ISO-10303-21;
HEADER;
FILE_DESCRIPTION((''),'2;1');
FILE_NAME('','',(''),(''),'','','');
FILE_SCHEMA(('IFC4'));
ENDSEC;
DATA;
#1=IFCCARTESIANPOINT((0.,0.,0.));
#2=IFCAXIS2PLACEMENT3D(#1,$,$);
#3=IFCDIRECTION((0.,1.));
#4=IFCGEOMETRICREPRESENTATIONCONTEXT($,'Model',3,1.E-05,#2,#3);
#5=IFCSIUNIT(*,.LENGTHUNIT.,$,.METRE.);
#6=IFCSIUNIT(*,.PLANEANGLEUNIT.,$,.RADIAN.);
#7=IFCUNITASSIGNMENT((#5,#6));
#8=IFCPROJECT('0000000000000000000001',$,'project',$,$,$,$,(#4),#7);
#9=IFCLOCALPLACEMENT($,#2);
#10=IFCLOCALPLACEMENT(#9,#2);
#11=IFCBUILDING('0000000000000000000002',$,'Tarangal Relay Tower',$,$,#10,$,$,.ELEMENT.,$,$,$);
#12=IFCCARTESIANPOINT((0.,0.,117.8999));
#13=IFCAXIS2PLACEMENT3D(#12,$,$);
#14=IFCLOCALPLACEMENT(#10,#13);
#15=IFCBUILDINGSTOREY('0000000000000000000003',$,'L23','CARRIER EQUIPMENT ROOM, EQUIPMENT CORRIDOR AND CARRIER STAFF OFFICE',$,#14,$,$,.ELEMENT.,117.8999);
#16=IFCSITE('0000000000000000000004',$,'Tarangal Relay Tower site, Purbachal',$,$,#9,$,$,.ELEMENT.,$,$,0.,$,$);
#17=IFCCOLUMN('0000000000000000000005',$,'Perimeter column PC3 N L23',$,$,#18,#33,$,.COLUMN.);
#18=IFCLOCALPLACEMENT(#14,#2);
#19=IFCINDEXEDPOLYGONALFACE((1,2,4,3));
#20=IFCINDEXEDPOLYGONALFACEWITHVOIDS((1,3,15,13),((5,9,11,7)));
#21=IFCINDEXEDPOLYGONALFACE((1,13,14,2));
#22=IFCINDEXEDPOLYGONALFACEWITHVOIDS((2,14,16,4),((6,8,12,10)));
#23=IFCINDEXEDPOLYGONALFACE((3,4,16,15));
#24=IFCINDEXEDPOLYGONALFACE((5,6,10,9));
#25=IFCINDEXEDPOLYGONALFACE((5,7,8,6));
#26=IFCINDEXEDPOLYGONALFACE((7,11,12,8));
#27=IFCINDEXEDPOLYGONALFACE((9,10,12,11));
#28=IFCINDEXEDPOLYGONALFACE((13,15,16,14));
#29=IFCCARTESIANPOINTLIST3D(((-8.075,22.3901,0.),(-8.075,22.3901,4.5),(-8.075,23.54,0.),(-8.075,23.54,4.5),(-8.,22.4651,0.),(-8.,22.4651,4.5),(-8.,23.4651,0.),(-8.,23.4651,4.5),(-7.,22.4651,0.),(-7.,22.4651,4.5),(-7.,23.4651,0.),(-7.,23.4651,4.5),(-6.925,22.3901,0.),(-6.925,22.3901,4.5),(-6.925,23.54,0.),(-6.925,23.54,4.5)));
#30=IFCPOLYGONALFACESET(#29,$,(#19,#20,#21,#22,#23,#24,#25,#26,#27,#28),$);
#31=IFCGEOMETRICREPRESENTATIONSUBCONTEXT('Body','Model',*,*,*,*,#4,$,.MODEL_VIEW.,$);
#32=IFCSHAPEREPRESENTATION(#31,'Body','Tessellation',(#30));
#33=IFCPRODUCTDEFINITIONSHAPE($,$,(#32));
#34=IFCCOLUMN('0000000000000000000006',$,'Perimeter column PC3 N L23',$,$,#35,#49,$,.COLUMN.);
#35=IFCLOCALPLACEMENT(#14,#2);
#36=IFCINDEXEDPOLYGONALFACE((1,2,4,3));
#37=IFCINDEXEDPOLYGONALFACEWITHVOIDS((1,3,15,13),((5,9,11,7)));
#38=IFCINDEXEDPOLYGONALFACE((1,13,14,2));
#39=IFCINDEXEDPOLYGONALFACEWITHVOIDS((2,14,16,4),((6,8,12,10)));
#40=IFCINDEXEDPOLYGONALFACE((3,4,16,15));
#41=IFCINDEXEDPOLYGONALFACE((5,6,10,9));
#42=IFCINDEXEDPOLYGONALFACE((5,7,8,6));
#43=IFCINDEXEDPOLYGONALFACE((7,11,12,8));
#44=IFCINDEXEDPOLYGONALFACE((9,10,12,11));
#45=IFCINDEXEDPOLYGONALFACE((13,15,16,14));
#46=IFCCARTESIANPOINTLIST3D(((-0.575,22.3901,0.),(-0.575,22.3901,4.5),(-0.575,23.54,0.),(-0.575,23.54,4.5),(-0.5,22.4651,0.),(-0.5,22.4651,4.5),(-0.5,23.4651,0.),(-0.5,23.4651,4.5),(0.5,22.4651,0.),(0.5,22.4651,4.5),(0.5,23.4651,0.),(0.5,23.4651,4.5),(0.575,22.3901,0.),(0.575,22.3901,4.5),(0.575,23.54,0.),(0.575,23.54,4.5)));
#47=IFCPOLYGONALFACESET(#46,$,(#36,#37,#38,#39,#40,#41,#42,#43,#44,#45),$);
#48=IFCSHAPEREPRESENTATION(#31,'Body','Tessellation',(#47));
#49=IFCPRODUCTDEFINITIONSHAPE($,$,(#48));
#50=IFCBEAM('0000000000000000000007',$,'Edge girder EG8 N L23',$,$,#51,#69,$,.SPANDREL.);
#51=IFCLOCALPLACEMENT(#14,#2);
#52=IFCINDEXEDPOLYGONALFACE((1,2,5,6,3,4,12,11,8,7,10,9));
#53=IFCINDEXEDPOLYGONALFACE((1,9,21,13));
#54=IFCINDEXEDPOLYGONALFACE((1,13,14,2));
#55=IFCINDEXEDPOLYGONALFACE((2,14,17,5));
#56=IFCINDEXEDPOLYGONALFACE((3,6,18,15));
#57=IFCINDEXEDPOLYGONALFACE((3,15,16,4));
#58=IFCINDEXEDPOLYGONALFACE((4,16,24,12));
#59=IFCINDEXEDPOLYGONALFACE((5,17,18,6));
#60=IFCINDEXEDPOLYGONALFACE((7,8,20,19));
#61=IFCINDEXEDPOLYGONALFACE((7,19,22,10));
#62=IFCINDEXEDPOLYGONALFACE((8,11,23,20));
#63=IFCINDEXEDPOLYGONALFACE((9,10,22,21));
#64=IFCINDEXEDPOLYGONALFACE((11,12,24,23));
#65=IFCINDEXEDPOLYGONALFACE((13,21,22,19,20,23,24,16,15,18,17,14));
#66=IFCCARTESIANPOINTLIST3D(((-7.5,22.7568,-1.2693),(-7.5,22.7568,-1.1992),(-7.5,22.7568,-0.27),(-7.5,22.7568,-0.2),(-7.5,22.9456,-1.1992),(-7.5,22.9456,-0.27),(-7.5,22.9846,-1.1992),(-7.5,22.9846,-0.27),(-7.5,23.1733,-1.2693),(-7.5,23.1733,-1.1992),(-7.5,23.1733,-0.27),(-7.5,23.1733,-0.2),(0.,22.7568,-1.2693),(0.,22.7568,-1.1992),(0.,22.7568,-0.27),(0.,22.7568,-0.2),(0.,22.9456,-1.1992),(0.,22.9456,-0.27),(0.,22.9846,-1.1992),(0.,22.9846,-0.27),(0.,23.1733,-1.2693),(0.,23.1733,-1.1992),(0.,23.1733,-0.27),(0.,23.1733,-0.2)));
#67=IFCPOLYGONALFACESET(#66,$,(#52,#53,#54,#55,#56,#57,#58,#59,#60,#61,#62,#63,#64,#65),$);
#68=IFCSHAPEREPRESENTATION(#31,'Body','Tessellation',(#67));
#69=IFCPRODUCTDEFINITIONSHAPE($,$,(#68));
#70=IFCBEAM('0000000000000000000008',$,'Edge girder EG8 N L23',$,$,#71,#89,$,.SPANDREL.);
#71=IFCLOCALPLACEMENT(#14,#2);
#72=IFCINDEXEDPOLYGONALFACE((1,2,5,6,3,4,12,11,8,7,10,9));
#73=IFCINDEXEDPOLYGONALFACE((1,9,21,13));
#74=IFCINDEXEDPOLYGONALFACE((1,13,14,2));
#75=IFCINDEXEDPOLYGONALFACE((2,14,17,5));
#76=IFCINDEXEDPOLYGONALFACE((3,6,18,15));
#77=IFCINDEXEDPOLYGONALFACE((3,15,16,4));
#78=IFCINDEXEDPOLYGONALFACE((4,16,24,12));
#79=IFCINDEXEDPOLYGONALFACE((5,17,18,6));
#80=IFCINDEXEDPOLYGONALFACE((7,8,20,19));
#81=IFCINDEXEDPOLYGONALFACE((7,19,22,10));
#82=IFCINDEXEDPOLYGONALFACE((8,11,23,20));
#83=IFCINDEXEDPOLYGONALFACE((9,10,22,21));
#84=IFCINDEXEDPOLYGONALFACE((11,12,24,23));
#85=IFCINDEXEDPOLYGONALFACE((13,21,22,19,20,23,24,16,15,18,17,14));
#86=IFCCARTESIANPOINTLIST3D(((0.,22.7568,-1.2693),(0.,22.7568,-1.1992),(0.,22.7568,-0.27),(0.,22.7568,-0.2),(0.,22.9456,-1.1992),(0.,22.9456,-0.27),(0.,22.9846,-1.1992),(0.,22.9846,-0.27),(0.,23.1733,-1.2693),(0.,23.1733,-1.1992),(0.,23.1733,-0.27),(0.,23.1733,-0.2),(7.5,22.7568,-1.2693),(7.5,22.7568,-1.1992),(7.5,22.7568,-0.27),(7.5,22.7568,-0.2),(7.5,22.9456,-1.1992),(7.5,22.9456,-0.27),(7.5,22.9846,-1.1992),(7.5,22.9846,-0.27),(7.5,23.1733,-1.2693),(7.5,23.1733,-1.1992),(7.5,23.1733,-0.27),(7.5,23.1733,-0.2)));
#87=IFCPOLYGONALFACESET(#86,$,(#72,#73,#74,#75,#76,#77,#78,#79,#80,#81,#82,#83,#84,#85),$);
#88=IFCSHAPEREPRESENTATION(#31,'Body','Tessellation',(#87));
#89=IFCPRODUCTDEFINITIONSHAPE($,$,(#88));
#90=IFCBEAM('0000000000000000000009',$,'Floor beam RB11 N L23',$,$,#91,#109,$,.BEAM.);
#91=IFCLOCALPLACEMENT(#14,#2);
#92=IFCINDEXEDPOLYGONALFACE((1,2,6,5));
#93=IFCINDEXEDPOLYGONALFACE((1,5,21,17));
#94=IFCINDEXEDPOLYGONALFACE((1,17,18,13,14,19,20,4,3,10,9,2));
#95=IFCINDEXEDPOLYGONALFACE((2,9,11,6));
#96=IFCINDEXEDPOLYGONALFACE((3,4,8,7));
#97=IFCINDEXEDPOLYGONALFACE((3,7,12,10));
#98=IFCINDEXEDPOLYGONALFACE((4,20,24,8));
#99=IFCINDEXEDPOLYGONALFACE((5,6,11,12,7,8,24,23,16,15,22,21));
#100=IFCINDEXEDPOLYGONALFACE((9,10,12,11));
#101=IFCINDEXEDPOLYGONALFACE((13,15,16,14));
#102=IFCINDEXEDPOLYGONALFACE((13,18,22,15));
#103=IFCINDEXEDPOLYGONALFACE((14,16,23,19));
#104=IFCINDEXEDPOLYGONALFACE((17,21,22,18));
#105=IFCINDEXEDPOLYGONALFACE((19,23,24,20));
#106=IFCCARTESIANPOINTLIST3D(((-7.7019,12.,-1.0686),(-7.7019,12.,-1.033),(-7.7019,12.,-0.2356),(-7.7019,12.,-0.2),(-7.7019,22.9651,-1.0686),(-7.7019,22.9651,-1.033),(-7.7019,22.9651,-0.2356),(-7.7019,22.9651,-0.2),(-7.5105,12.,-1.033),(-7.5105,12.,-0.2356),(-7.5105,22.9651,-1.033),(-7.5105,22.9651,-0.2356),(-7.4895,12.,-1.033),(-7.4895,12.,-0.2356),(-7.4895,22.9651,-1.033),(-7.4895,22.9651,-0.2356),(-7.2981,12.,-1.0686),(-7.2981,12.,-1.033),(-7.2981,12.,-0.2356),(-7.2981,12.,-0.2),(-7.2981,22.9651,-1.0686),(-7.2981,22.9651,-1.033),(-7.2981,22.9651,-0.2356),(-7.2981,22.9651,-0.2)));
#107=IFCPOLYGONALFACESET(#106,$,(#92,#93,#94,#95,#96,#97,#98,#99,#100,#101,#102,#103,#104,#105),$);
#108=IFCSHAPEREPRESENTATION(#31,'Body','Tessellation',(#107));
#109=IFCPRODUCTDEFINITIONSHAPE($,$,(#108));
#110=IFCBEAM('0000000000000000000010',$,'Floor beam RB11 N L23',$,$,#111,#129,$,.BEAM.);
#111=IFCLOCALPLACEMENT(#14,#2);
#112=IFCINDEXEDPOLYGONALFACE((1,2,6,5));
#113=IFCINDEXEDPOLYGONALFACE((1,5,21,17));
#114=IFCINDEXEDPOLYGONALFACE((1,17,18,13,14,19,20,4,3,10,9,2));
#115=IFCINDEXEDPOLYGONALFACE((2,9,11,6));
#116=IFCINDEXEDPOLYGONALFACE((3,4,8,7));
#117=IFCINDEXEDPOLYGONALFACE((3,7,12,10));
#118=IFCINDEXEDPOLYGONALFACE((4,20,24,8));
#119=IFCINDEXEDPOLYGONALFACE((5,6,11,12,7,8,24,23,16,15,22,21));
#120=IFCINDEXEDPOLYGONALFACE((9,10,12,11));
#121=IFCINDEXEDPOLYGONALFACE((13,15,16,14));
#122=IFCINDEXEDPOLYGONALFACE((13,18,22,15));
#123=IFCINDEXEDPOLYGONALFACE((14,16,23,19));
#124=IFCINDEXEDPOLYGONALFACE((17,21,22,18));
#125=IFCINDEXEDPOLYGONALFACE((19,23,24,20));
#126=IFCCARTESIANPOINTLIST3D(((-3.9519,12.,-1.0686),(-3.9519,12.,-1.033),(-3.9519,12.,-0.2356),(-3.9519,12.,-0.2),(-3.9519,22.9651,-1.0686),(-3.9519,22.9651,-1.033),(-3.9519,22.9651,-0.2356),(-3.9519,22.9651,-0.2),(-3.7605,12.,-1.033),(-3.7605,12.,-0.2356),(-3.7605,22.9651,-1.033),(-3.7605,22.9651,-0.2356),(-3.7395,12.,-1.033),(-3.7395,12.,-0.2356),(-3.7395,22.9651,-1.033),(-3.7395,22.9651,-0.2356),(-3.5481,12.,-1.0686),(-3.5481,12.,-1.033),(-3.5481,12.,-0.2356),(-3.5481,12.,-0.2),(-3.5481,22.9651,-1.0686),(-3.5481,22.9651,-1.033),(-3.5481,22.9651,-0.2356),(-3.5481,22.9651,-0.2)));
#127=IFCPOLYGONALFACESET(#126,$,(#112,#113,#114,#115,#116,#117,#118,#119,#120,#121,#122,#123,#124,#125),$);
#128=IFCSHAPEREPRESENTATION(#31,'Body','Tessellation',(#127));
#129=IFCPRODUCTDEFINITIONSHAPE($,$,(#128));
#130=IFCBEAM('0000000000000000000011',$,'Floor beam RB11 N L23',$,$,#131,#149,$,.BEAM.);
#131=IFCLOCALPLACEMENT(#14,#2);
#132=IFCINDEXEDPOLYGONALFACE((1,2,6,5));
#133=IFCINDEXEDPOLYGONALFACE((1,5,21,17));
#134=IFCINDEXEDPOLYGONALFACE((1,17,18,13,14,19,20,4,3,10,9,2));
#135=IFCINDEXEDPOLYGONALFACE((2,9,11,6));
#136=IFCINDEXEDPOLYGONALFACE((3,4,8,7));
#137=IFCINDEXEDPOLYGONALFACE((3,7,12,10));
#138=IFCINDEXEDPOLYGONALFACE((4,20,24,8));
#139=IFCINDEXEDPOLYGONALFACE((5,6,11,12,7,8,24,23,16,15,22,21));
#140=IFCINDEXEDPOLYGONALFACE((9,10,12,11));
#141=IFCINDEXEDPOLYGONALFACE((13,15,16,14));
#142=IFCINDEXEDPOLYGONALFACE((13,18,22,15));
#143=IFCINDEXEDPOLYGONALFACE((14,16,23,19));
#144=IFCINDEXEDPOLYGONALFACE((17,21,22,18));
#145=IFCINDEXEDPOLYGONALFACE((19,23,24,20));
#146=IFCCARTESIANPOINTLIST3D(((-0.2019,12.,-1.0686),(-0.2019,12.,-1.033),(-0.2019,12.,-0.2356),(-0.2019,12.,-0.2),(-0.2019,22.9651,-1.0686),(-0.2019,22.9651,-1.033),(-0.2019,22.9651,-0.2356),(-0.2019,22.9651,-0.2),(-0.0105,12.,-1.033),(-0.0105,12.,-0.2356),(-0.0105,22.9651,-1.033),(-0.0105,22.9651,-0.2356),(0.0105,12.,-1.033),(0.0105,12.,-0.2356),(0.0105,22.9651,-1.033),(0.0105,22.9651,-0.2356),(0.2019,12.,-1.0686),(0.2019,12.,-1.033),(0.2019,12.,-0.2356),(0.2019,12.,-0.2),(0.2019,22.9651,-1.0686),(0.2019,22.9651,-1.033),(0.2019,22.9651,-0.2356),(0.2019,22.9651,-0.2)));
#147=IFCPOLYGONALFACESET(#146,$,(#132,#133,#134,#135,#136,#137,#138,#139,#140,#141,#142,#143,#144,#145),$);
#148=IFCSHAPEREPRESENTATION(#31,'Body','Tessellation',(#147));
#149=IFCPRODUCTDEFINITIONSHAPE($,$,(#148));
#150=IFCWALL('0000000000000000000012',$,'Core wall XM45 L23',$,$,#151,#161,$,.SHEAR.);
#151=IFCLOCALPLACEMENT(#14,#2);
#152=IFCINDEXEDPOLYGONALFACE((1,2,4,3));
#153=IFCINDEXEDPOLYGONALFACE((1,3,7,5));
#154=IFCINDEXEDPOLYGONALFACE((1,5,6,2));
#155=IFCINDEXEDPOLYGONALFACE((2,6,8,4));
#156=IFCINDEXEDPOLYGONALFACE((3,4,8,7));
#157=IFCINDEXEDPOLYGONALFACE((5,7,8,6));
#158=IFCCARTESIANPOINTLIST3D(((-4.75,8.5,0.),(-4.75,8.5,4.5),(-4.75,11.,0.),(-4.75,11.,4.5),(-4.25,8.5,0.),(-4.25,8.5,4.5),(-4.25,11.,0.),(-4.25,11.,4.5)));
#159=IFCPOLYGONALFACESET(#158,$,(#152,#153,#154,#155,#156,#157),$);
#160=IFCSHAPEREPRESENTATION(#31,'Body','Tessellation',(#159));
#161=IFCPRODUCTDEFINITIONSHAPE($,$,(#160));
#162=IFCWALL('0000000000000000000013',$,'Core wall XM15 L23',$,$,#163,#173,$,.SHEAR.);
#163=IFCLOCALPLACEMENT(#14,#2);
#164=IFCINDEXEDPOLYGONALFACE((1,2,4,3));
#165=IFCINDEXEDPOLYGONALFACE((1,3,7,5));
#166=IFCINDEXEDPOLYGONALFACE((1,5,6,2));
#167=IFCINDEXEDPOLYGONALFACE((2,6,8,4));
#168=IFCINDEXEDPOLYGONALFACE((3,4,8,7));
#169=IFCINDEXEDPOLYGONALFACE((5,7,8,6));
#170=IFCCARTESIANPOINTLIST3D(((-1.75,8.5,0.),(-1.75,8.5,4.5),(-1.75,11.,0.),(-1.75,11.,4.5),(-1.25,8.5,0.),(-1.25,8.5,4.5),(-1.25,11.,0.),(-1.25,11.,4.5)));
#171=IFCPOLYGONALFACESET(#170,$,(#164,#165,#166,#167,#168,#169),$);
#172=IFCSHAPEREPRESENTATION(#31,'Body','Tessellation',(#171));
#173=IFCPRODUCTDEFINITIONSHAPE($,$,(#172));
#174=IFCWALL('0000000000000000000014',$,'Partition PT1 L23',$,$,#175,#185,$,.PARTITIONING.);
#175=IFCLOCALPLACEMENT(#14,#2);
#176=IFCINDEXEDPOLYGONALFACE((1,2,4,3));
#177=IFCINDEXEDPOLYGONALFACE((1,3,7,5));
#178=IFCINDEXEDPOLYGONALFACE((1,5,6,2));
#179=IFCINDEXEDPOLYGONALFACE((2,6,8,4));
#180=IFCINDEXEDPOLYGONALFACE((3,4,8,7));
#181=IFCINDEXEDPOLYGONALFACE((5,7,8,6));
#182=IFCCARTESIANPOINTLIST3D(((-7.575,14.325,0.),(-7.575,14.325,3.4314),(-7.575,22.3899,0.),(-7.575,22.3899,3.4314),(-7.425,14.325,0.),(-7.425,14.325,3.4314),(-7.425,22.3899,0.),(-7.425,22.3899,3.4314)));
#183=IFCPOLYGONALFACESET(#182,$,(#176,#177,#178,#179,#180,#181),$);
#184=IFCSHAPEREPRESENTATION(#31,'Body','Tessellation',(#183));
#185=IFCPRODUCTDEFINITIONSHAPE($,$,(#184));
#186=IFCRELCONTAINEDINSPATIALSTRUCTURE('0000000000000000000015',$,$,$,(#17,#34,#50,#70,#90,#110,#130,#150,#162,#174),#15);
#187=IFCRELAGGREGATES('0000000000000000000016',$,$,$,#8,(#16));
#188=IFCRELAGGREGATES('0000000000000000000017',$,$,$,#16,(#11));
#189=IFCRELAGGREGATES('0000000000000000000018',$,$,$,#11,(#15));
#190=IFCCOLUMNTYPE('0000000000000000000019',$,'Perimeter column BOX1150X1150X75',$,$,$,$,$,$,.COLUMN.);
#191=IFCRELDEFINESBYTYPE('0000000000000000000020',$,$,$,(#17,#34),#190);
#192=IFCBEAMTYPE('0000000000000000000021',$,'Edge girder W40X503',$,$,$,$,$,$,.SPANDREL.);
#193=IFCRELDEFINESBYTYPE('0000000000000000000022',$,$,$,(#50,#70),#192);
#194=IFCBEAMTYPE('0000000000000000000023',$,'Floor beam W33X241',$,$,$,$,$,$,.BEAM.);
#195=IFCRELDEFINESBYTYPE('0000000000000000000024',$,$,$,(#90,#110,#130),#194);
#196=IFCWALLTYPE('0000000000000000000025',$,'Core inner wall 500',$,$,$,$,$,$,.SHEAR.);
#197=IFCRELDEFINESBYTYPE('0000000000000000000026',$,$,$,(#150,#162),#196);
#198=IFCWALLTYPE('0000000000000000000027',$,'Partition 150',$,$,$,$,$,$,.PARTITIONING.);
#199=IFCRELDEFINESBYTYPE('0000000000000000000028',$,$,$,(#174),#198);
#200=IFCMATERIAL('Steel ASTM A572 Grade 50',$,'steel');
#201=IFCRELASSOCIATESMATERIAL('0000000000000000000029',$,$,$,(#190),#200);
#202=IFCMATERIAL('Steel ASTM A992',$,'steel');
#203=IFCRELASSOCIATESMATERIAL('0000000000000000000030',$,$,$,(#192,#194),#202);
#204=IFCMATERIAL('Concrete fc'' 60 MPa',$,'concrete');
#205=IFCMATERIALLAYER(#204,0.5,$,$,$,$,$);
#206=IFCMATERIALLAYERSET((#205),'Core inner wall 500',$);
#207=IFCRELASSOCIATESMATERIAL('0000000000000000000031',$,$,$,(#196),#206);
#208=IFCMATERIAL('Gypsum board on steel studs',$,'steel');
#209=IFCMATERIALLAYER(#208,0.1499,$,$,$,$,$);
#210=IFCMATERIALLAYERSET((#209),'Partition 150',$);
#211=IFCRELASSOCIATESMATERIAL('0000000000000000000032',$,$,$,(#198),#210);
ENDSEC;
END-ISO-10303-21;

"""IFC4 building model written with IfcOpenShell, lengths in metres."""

from ifc_helpers import new_model, si_unit, direction, frame, frame_2d, origin, origin_2d, place, context, subcontext, project, spatial, rectangle, hollow_rectangle, i_section, extrude, material, layer, layer_set, material_profile, profile_set, type_object, element, save


model = new_model("IFC4")

# Units and contexts
model_context = context("Model", 3, precision=1e-05, world=origin(), true_north=direction((0.0, 1.0)))
body_context = subcontext(model_context, "Body", "Model", "MODEL_VIEW")
ifc_project = project(units=[si_unit("LENGTHUNIT", "METRE"), si_unit("PLANEANGLEUNIT", "RADIAN")], contexts=[model_context])

# Site, building, storey
site_placement = place(None, origin())
site = spatial("IfcSite", under=ifc_project, at=site_placement, Name="Tarangal Relay Tower site, Purbachal", CompositionType="ELEMENT", RefElevation=0.0)
building_placement = place(site_placement, origin())
building = spatial("IfcBuilding", under=site, at=building_placement, Name="Tarangal Relay Tower", CompositionType="ELEMENT")
storey_placement = place(building_placement, frame((0.0, 0.0, 117.8999)))
storey = spatial("IfcBuildingStorey", under=building, at=storey_placement, Name="L23", Description="CARRIER EQUIPMENT ROOM, EQUIPMENT CORRIDOR AND CARRIER STAFF OFFICE", CompositionType="ELEMENT", Elevation=117.8999)

# Columns
ifc_material_1 = material(Name="Steel ASTM A572 Grade 50", Category="steel")
ifc_material_profile_1 = material_profile(ifc_material_1, hollow_rectangle(XDim=1.1499, YDim=1.1499, WallThickness=0.075, at=origin_2d()), Name="BOX1150X1150X75")
ifc_profile_set_1 = profile_set([ifc_material_profile_1], Name="Steel ASTM A572 Grade 50")
column_type = type_object("IfcColumnType", Name="Perimeter column BOX1150X1150X75", PredefinedType="COLUMN", material=ifc_profile_set_1)
for number, where, z_axis, x_axis, name in (
    (1, (-7.5, 22.9651, 0.0), (0.0, 0.0, 1.0), (1.0, 0.0, 0.0), "Perimeter column PC3 N L23"),
    (2, (0.0, 22.9651, 0.0), (0.0, 0.0, 1.0), (1.0, 0.0, 0.0), "Perimeter column PC3 N L23"),
):
    element("IfcColumn", number, at=place(storey_placement, frame(where, z_axis=z_axis, x_axis=x_axis)), inside=storey, type_object=column_type, Name=name, PredefinedType="COLUMN", context=body_context, shape_type="SweptSolid", body=[
        extrude(hollow_rectangle(XDim=1.1499, YDim=1.1499, WallThickness=0.075, at=origin_2d()), origin(), (0.0, 0.0, 1.0), 4.5),
    ])

# Beams
ifc_material_2 = material(Name="Steel ASTM A992", Category="steel")
ifc_material_profile_2 = material_profile(ifc_material_2, i_section(OverallWidth=0.4165, OverallDepth=1.0693, WebThickness=0.0391, FlangeThickness=0.0701, at=origin_2d()), Name="W40X503")
ifc_profile_set_2 = profile_set([ifc_material_profile_2], Name="Steel ASTM A992")
beam_type_1 = type_object("IfcBeamType", Name="Edge girder W40X503", PredefinedType="SPANDREL", material=ifc_profile_set_2)
for number, where, z_axis, x_axis, name in (
    (3, (-7.5, 22.9651, -0.7346), (1.0, 0.0, 0.0), (0.0, 1.0, 0.0), "Edge girder EG8 N L23"),
    (4, (0.0, 22.9651, -0.7346), (1.0, 0.0, 0.0), (0.0, 1.0, 0.0), "Edge girder EG8 N L23"),
):
    element("IfcBeam", number, at=place(storey_placement, frame(where, z_axis=z_axis, x_axis=x_axis)), inside=storey, type_object=beam_type_1, Name=name, PredefinedType="SPANDREL", context=body_context, shape_type="SweptSolid", body=[
        extrude(i_section(OverallWidth=0.4165, OverallDepth=1.0693, WebThickness=0.0391, FlangeThickness=0.0701, at=origin_2d()), origin(), (0.0, 0.0, 1.0), 7.5),
    ])
ifc_material_profile_3 = material_profile(ifc_material_2, i_section(OverallWidth=0.4038, OverallDepth=0.8687, WebThickness=0.021, FlangeThickness=0.0356, at=origin_2d()), Name="W33X241")
ifc_profile_set_3 = profile_set([ifc_material_profile_3], Name="Steel ASTM A992")
beam_type_2 = type_object("IfcBeamType", Name="Floor beam W33X241", PredefinedType="BEAM", material=ifc_profile_set_3)
for number, where, z_axis, x_axis, name in (
    (5, (-7.5, 12.0, -0.6343), (0.0, 1.0, 0.0), (-1.0, 0.0, 0.0), "Floor beam RB11 N L23"),
    (6, (-3.75, 12.0, -0.6343), (0.0, 1.0, 0.0), (-1.0, 0.0, 0.0), "Floor beam RB11 N L23"),
    (7, (0.0, 12.0, -0.6343), (0.0, 1.0, 0.0), (-1.0, 0.0, 0.0), "Floor beam RB11 N L23"),
):
    element("IfcBeam", number, at=place(storey_placement, frame(where, z_axis=z_axis, x_axis=x_axis)), inside=storey, type_object=beam_type_2, Name=name, PredefinedType="BEAM", context=body_context, shape_type="SweptSolid", body=[
        extrude(i_section(OverallWidth=0.4038, OverallDepth=0.8687, WebThickness=0.021, FlangeThickness=0.0356, at=origin_2d()), origin(), (0.0, 0.0, 1.0), 10.9651),
    ])

# Walls
ifc_material_3 = material(Name="Concrete fc' 60 MPa", Category="concrete")
ifc_layer_1 = layer(ifc_material_3, 0.5)
ifc_layer_set_1 = layer_set([ifc_layer_1], Name="Core inner wall 500")
wall_type_1 = type_object("IfcWallType", Name="Core inner wall 500", PredefinedType="SHEAR", material=ifc_layer_set_1)
for number, where, z_axis, x_axis, name in (
    (8, (-4.5, 8.5, 0.0), (0.0, 0.0, 1.0), (0.0, 1.0, 0.0), "Core wall XM45 L23"),
    (9, (-1.5, 8.5, 0.0), (0.0, 0.0, 1.0), (0.0, 1.0, 0.0), "Core wall XM15 L23"),
):
    element("IfcWall", number, at=place(storey_placement, frame(where, z_axis=z_axis, x_axis=x_axis)), inside=storey, type_object=wall_type_1, Name=name, PredefinedType="SHEAR", context=body_context, shape_type="SweptSolid", body=[
        extrude(rectangle(XDim=2.5, YDim=0.5, at=frame_2d((1.25, 0.0))), origin(), (0.0, 0.0, 1.0), 4.5),
    ])
ifc_material_4 = material(Name="Gypsum board on steel studs", Category="steel")
ifc_layer_2 = layer(ifc_material_4, 0.1499)
ifc_layer_set_2 = layer_set([ifc_layer_2], Name="Partition 150")
wall_type_2 = type_object("IfcWallType", Name="Partition 150", PredefinedType="PARTITIONING", material=ifc_layer_set_2)
wall_placement = place(storey_placement, frame((-7.5, 14.325, 0.0), z_axis=(0.0, 0.0, 1.0), x_axis=(0.0, 1.0, 0.0)))
element("IfcWall", 10, at=wall_placement, inside=storey, type_object=wall_type_2, Name="Partition PT1 L23", PredefinedType="PARTITIONING", context=body_context, shape_type="SweptSolid", body=[
    extrude(rectangle(XDim=8.0649, YDim=0.1499, at=frame_2d((4.0325, 0.0))), origin(), (0.0, 0.0, 1.0), 3.4314),
])

save(model, "model.ifc")
